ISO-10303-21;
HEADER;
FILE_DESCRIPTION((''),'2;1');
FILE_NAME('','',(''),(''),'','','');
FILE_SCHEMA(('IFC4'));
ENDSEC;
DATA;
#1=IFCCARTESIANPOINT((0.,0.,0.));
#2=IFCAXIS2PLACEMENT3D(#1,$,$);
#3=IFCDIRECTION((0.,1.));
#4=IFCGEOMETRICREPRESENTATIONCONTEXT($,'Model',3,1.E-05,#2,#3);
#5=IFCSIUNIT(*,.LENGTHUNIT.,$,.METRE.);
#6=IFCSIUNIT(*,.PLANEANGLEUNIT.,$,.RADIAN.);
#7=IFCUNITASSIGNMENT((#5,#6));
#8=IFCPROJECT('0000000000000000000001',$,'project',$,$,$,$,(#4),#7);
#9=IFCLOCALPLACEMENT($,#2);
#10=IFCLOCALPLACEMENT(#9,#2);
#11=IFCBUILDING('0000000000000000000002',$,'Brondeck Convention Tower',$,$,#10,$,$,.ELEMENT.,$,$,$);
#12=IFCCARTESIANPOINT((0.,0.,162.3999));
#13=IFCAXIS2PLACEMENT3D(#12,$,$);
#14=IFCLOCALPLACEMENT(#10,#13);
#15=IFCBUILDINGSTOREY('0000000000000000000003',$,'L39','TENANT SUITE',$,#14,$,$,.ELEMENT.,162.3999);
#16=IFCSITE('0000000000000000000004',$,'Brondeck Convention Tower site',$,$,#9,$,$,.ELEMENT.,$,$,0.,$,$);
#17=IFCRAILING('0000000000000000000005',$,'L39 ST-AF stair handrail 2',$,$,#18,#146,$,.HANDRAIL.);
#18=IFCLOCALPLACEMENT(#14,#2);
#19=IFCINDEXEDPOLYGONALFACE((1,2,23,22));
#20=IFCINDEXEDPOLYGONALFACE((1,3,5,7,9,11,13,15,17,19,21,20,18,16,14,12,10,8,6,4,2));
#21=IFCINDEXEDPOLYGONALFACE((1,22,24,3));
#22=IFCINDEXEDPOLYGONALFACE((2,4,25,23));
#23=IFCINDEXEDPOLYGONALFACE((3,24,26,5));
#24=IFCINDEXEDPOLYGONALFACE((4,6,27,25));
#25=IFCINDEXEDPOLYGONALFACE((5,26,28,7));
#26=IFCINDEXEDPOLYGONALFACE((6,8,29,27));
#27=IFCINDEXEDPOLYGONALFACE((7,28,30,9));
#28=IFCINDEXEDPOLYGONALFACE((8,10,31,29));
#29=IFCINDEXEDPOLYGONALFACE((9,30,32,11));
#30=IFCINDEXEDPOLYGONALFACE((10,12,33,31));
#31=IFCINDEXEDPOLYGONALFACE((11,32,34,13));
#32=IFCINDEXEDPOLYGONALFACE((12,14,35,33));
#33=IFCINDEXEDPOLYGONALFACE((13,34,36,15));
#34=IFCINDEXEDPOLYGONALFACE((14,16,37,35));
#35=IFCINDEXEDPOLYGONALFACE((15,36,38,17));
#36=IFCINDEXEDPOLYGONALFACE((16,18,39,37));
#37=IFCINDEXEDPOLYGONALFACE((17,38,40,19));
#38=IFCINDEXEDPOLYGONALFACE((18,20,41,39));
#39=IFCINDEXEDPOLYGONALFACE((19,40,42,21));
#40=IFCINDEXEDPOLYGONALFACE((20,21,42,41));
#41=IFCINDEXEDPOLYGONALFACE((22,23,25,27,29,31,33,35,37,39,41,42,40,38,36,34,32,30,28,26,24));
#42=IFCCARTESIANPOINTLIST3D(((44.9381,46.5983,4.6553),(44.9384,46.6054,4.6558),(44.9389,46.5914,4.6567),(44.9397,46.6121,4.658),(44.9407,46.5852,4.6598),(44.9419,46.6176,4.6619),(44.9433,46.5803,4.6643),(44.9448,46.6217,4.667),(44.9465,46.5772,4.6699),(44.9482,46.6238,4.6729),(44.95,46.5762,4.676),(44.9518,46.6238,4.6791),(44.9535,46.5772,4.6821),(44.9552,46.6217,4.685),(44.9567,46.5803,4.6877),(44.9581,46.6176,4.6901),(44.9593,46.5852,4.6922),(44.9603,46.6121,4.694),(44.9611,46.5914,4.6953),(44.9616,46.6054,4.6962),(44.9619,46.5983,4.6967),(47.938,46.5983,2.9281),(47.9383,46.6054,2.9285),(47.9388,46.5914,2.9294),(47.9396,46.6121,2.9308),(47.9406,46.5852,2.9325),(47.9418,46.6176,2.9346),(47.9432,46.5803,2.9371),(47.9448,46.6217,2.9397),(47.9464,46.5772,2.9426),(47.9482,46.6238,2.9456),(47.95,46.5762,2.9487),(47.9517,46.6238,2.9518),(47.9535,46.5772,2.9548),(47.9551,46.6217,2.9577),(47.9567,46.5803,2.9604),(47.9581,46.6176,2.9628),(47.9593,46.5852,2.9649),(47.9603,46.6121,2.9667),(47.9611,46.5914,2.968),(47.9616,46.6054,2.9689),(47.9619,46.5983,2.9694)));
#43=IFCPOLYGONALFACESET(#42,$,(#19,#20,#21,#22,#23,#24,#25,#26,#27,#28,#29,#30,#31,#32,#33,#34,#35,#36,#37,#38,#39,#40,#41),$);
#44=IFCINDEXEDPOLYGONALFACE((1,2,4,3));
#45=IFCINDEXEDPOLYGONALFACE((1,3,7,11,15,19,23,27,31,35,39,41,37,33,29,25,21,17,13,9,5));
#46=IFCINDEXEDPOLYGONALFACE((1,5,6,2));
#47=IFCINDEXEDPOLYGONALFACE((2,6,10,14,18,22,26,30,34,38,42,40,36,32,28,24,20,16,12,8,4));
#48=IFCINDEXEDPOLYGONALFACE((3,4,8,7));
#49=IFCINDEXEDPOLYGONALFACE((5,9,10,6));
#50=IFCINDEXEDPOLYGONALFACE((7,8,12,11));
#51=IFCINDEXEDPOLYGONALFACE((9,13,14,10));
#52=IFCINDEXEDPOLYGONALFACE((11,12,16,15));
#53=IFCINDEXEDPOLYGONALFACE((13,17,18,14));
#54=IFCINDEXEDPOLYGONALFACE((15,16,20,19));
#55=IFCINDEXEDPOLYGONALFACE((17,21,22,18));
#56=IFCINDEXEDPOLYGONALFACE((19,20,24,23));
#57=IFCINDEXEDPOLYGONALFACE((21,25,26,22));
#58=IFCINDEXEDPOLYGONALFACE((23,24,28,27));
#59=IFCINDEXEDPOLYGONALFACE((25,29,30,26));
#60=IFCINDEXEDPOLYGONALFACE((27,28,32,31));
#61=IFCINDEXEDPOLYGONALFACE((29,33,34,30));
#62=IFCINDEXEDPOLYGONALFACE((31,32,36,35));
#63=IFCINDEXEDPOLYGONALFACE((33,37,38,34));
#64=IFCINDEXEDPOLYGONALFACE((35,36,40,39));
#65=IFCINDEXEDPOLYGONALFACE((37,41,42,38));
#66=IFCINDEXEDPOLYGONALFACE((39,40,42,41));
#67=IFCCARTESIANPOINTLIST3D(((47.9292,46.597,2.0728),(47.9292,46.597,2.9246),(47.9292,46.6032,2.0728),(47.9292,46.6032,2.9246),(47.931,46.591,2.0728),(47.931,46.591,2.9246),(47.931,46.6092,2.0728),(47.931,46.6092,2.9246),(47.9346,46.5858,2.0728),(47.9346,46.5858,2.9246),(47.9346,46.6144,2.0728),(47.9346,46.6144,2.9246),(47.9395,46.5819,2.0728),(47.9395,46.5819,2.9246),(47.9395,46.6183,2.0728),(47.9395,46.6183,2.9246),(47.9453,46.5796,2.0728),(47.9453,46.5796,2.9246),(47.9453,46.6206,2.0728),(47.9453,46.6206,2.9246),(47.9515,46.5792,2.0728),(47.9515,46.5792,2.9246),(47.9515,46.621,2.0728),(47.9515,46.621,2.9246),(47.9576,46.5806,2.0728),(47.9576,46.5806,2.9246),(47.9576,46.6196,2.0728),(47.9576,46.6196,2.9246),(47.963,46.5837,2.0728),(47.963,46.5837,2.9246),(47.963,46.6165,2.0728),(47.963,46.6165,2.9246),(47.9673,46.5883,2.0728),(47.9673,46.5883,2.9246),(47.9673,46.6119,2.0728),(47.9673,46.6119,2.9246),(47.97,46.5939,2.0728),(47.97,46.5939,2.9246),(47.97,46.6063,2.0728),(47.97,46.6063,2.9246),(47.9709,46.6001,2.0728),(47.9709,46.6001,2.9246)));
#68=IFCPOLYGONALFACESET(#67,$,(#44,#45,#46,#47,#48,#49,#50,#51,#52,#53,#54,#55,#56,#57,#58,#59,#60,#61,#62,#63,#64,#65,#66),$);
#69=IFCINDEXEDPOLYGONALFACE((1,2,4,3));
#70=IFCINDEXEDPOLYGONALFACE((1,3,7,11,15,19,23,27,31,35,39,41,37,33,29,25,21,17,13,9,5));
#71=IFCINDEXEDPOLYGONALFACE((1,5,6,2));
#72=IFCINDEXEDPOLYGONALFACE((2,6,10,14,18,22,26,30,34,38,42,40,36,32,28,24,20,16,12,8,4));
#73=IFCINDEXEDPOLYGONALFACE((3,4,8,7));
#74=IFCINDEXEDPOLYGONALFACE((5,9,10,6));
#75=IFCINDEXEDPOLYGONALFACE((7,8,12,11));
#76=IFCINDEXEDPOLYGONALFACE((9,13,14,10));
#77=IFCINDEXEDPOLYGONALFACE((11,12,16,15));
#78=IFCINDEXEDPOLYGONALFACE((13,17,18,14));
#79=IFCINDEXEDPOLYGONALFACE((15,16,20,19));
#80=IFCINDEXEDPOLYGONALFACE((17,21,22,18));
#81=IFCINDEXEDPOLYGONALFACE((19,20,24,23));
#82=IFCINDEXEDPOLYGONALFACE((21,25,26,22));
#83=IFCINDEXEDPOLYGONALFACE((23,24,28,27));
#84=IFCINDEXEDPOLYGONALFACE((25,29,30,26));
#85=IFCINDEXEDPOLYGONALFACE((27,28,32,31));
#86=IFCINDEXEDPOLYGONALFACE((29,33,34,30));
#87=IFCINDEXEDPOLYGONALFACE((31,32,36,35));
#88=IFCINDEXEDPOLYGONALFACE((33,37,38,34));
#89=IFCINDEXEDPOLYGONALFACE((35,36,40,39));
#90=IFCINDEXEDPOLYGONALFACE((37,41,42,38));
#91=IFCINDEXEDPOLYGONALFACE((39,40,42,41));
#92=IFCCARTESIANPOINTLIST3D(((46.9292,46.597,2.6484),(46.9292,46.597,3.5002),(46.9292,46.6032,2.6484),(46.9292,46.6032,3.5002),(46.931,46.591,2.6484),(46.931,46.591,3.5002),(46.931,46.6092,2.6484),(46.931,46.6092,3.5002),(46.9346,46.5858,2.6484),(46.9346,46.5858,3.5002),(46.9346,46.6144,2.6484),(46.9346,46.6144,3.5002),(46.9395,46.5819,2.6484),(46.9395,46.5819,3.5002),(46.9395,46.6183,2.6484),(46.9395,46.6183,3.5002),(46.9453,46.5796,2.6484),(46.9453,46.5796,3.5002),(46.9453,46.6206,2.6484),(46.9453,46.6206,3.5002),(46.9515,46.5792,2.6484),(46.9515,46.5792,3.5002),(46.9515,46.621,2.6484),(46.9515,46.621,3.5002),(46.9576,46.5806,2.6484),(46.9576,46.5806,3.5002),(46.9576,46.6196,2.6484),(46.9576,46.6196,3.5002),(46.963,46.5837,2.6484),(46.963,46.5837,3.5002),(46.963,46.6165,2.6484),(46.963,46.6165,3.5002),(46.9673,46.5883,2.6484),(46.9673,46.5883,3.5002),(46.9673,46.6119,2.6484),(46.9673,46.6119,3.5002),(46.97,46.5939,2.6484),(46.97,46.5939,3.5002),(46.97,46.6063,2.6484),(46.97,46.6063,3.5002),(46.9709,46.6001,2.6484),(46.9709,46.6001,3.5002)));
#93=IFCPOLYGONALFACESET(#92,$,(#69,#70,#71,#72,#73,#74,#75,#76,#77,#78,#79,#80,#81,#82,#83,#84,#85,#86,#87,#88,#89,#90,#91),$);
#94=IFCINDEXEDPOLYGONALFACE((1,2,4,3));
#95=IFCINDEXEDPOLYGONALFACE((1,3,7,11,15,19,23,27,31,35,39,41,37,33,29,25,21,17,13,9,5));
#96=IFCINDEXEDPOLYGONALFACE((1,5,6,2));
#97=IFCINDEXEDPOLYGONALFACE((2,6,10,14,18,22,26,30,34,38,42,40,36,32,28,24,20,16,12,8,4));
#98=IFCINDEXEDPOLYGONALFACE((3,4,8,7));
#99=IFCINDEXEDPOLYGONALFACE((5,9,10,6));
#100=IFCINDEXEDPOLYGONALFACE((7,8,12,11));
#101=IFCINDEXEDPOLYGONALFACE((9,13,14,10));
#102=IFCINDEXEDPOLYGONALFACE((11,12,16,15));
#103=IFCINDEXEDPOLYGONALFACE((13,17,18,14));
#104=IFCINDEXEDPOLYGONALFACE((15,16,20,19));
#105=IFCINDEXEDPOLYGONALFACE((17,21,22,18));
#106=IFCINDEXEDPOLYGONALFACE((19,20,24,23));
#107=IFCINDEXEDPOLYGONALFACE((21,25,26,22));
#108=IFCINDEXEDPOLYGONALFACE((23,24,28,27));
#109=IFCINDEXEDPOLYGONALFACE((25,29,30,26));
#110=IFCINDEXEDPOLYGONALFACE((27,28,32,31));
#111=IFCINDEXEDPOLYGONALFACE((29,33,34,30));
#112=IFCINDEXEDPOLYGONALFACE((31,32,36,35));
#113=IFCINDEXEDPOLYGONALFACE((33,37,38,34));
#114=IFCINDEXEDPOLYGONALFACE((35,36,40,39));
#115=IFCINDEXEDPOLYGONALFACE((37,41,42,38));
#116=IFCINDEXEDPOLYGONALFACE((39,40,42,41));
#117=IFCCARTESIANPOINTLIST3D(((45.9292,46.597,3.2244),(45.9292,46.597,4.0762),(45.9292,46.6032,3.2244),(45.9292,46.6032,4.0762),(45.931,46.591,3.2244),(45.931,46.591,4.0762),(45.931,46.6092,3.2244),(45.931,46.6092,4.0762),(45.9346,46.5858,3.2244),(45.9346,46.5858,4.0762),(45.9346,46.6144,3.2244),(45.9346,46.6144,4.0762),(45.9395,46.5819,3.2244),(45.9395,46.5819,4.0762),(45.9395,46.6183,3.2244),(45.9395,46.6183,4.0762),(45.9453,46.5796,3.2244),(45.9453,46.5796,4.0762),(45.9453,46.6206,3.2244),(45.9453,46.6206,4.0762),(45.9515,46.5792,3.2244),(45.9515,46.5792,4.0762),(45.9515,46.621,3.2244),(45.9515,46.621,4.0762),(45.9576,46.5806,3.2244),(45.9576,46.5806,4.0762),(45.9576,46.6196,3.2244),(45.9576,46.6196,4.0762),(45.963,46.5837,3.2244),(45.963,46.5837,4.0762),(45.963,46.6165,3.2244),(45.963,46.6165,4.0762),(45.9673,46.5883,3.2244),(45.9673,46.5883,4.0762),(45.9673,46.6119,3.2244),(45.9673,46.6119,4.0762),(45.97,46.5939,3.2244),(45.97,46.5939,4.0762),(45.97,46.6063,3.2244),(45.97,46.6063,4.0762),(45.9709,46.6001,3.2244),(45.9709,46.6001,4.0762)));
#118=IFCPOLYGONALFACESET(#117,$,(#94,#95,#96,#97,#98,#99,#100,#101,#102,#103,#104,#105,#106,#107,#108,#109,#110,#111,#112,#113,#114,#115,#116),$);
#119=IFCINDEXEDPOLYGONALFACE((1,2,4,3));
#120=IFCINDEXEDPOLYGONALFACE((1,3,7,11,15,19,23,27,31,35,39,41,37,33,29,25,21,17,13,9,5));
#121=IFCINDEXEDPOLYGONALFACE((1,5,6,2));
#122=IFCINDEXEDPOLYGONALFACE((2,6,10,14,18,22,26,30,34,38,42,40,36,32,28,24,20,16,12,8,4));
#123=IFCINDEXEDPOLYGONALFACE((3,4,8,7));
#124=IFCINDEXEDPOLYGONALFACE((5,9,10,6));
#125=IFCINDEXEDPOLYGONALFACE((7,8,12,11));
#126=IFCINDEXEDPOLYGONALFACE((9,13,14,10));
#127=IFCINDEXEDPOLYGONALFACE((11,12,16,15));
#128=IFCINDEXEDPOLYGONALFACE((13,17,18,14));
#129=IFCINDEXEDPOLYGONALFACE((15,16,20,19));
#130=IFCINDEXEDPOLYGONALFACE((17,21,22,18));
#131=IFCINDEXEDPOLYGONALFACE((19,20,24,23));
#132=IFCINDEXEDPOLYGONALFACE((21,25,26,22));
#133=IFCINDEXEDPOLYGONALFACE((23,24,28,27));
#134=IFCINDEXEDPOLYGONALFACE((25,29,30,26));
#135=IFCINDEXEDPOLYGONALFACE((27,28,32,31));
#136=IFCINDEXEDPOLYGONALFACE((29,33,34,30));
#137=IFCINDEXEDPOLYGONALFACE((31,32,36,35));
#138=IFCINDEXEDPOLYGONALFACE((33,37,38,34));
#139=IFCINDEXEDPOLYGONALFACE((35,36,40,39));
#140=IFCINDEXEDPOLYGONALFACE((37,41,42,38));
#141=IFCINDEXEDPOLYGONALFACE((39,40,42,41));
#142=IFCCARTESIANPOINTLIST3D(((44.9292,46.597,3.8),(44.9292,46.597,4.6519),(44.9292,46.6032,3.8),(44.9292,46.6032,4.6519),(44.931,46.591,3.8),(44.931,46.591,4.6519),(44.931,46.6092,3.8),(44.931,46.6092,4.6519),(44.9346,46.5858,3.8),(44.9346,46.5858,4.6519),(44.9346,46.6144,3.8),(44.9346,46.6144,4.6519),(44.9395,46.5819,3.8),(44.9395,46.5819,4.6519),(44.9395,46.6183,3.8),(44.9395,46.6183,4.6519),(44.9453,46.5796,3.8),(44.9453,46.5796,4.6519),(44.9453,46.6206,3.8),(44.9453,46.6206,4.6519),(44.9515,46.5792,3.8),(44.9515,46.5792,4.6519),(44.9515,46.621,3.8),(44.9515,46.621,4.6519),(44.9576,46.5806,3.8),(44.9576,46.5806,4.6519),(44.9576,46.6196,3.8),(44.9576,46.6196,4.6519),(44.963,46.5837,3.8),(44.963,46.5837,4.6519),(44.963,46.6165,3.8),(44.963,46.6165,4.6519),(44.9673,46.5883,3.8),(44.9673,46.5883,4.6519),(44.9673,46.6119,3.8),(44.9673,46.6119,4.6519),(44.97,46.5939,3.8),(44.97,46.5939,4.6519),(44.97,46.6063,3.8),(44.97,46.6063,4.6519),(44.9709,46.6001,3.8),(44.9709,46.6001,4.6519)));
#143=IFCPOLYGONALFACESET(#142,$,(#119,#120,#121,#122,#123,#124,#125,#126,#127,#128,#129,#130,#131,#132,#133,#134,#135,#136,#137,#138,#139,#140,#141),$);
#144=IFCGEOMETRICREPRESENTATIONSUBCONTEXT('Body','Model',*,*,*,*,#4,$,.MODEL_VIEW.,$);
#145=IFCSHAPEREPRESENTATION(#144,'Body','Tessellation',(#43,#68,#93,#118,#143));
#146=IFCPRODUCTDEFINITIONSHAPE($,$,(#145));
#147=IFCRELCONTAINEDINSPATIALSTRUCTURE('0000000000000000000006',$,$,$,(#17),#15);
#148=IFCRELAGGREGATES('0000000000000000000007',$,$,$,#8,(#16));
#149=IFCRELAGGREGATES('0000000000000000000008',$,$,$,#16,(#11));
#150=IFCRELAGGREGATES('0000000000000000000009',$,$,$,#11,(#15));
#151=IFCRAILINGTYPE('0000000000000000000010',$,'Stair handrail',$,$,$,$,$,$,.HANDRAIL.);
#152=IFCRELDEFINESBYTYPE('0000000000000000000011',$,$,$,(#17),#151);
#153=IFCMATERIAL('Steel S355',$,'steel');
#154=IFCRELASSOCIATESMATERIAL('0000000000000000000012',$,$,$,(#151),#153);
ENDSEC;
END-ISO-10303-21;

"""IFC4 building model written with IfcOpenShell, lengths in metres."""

from ifc_helpers import new_model, si_unit, direction, frame, origin, origin_2d, place, context, subcontext, project, spatial, circle, extrude, material, type_object, element, save


model = new_model("IFC4")

# Units and contexts
model_context = context("Model", 3, precision=1e-05, world=origin(), true_north=direction((0.0, 1.0)))
body_context = subcontext(model_context, "Body", "Model", "MODEL_VIEW")
ifc_project = project(units=[si_unit("LENGTHUNIT", "METRE"), si_unit("PLANEANGLEUNIT", "RADIAN")], contexts=[model_context])

# Site, building, storey
site_placement = place(None, origin())
site = spatial("IfcSite", under=ifc_project, at=site_placement, Name="Brondeck Convention Tower site", CompositionType="ELEMENT", RefElevation=0.0)
building_placement = place(site_placement, origin())
building = spatial("IfcBuilding", under=site, at=building_placement, Name="Brondeck Convention Tower", CompositionType="ELEMENT")
storey_placement = place(building_placement, frame((0.0, 0.0, 162.3999)))
storey = spatial("IfcBuildingStorey", under=building, at=storey_placement, Name="L39", Description="TENANT SUITE", CompositionType="ELEMENT", Elevation=162.3999)

# Shared definitions
ifc_material_1 = material(Name="Steel S355", Category="steel")

# Railing
railing_type = type_object("IfcRailingType", Name="Stair handrail", PredefinedType="HANDRAIL", material=ifc_material_1)
for number, where, name in (
    (1, (47.95, 46.6001, 2.0728), "L39 ST-AF stair handrail 2"),
):
    element("IfcRailing", number, at=place(storey_placement, frame(where)), inside=storey, type_object=railing_type, Name=name, PredefinedType="HANDRAIL", context=body_context, shape_type="SweptSolid", body=[
        extrude(circle(Radius=0.0239, at=origin_2d()), frame((0.0, 0.0, 0.876), z_axis=(-0.86662, 0.0, 0.498969), x_axis=(0.0, -1.0, 0.0)), (0.0, 0.0, 1.0), 3.4617),
        extrude(circle(Radius=0.021, at=origin_2d()), origin(), (0.0, 0.0, 1.0), 0.8518),
        extrude(circle(Radius=0.021, at=origin_2d()), frame((-1.0, 0.0, 0.5757)), (0.0, 0.0, 1.0), 0.8518),
        extrude(circle(Radius=0.021, at=origin_2d()), frame((-2.0, 0.0, 1.1516)), (0.0, 0.0, 1.0), 0.8518),
        extrude(circle(Radius=0.021, at=origin_2d()), frame((-3.0, 0.0, 1.7273)), (0.0, 0.0, 1.0), 0.8518),
    ])

save(model, "model.ifc")
